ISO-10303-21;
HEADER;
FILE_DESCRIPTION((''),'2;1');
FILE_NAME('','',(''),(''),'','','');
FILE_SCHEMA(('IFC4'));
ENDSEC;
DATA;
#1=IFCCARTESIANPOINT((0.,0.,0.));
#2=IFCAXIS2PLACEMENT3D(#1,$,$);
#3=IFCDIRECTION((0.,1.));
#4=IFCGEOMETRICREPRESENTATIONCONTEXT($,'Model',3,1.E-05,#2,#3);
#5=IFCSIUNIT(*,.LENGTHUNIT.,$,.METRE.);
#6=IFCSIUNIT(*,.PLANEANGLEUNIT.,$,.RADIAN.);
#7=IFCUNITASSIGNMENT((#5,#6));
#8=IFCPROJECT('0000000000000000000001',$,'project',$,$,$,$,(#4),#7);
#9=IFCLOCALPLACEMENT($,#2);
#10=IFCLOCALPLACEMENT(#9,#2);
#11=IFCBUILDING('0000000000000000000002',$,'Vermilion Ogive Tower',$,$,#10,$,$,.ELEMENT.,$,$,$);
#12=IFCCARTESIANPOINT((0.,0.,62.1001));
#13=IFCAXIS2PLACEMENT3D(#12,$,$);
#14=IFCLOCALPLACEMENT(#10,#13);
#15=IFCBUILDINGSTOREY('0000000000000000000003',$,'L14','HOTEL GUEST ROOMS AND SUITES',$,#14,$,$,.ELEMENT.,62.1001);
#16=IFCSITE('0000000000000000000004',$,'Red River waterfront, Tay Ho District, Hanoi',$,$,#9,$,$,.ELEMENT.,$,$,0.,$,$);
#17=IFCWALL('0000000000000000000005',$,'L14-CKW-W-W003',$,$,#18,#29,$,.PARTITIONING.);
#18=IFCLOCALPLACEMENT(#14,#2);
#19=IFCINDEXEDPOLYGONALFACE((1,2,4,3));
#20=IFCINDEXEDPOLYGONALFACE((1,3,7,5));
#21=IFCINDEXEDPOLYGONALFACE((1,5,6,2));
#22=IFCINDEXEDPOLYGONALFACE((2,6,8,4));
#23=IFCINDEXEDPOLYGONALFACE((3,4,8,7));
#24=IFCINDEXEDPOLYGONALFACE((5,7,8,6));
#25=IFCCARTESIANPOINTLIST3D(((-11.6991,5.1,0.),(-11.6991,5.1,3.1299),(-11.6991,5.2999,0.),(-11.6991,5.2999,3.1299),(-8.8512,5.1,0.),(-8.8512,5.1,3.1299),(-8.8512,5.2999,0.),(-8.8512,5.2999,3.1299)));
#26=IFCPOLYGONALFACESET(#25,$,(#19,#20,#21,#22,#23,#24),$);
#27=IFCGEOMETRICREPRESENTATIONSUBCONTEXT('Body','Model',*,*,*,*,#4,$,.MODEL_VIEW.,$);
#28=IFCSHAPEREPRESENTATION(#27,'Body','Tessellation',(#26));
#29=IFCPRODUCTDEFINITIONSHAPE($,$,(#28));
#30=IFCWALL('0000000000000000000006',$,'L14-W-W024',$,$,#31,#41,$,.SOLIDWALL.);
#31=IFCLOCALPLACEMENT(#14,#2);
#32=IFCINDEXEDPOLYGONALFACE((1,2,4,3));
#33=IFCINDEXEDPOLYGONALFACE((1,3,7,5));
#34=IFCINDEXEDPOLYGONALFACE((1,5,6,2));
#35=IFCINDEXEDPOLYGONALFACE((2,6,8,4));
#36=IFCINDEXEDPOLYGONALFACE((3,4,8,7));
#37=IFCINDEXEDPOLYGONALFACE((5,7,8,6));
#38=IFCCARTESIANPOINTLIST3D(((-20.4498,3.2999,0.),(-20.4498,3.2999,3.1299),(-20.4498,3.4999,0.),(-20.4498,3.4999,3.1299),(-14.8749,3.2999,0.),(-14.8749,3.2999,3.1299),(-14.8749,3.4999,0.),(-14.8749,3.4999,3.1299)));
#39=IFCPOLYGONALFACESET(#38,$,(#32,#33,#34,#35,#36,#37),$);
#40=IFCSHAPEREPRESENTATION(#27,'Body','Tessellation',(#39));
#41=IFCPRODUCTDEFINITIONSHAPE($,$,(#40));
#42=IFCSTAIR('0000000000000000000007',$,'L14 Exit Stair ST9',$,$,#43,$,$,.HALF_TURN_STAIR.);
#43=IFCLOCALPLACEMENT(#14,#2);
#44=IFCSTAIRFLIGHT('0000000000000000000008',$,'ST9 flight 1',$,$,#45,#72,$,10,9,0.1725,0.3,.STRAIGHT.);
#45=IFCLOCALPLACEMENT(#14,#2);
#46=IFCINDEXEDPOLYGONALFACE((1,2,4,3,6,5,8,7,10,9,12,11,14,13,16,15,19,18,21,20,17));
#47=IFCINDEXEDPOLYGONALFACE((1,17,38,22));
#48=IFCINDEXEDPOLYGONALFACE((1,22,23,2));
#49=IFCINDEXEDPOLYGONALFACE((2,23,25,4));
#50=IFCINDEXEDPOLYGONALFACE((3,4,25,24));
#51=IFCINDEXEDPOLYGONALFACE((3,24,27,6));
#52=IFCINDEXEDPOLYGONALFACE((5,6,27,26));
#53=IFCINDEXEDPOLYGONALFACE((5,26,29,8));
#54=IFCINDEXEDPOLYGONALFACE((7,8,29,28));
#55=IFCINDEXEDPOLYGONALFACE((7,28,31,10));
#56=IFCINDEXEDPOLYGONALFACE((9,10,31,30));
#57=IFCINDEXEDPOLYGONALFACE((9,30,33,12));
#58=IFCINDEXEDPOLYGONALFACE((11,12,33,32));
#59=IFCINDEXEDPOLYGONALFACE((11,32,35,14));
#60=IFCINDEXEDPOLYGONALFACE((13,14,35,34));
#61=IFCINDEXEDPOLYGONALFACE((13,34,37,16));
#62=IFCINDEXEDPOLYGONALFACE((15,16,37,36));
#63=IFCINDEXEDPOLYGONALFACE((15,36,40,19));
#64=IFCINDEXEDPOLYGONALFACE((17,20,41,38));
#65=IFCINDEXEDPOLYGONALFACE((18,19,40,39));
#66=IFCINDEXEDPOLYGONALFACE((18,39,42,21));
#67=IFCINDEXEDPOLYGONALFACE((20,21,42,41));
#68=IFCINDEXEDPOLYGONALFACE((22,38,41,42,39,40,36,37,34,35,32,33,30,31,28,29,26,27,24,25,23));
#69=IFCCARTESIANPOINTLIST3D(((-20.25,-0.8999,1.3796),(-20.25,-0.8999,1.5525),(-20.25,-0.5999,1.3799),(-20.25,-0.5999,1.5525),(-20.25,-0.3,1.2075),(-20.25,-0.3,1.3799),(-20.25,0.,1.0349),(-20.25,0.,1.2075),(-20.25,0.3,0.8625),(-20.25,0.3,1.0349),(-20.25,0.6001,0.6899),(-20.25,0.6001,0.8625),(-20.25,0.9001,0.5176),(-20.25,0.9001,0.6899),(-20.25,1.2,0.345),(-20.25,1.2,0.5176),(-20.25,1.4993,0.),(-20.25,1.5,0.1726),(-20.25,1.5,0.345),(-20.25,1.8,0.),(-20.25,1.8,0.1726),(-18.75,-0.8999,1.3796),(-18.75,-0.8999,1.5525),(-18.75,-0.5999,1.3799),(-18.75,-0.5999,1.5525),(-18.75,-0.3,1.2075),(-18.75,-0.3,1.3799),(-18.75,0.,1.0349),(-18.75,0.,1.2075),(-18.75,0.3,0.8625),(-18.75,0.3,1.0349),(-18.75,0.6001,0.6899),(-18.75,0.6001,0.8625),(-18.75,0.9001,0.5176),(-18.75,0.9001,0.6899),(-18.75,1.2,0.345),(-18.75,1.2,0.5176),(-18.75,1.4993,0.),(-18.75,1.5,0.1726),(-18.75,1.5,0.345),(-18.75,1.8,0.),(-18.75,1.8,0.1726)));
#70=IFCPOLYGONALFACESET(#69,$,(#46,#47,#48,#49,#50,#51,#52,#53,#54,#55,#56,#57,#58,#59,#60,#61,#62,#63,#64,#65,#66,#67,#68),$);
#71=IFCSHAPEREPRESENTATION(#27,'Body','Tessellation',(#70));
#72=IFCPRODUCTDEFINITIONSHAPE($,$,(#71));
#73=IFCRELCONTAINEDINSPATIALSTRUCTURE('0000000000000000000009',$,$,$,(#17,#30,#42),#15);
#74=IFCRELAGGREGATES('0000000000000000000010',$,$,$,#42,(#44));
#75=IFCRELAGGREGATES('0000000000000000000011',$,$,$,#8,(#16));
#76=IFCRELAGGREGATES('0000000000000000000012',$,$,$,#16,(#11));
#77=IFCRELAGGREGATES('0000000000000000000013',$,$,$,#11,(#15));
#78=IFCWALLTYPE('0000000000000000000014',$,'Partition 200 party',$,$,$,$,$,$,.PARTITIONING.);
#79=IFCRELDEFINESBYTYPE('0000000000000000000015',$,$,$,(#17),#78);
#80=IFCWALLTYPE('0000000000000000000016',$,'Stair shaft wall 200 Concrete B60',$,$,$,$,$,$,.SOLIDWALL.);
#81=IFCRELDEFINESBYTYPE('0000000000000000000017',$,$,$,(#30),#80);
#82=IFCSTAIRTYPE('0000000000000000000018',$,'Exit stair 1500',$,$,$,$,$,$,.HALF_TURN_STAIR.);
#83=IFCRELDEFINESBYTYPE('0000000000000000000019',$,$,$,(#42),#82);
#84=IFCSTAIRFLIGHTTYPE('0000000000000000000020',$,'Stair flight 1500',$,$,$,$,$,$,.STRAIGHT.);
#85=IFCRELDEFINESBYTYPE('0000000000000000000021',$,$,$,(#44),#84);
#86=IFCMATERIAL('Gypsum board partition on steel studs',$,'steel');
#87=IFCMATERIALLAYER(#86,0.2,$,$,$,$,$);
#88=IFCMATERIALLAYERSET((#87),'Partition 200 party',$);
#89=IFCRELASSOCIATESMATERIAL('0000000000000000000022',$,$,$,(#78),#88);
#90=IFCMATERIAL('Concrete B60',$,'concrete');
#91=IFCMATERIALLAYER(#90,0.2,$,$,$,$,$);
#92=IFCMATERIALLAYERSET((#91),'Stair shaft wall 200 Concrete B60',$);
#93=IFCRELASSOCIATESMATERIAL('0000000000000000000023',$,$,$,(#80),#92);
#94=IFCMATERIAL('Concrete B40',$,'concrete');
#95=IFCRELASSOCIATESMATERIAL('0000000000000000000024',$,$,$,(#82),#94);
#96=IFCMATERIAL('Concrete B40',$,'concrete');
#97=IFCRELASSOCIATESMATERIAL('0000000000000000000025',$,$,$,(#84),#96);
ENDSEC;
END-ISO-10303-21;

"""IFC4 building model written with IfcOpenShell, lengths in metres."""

from ifc_helpers import new_model, si_unit, direction, frame, frame_2d, origin, place, context, subcontext, project, spatial, polyline, rectangle, outline, extrude, material, layer, layer_set, type_object, element, aggregate, save


model = new_model("IFC4")

# Units and contexts
model_context = context("Model", 3, precision=1e-05, world=origin(), true_north=direction((0.0, 1.0)))
body_context = subcontext(model_context, "Body", "Model", "MODEL_VIEW")
ifc_project = project(units=[si_unit("LENGTHUNIT", "METRE"), si_unit("PLANEANGLEUNIT", "RADIAN")], contexts=[model_context])

# Site, building, storey
site_placement = place(None, origin())
site = spatial("IfcSite", under=ifc_project, at=site_placement, Name="Red River waterfront, Tay Ho District, Hanoi", CompositionType="ELEMENT", RefElevation=0.0)
building_placement = place(site_placement, origin())
building = spatial("IfcBuilding", under=site, at=building_placement, Name="Vermilion Ogive Tower", CompositionType="ELEMENT")
storey_placement = place(building_placement, frame((0.0, 0.0, 62.1001)))
storey = spatial("IfcBuildingStorey", under=building, at=storey_placement, Name="L14", Description="HOTEL GUEST ROOMS AND SUITES", CompositionType="ELEMENT", Elevation=62.1001)

# Shared definitions
ifc_material_1 = material(Name="Gypsum board partition on steel studs", Category="steel")
ifc_layer_1 = layer(ifc_material_1, 0.2)
ifc_layer_set_1 = layer_set([ifc_layer_1], Name="Partition 200 party")
wall_type_1 = type_object("IfcWallType", Name="Partition 200 party", PredefinedType="PARTITIONING", material=ifc_layer_set_1)

# Walls
for number, where, z_axis, x_axis, name in (
    (1, (-11.699, 5.2, 0.0), (0.0, 0.0, 1.0), (1.0, 0.0, 0.0), "L14-CKW-W-W003"),
):
    element("IfcWall", number, at=place(storey_placement, frame(where, z_axis=z_axis, x_axis=x_axis)), inside=storey, type_object=wall_type_1, Name=name, PredefinedType="PARTITIONING", context=body_context, shape_type="SweptSolid", body=[
        extrude(rectangle(XDim=2.8479, YDim=0.2, at=frame_2d((1.4238, 0.0))), origin(), (0.0, 0.0, 1.0), 3.1299),
    ])
ifc_material_2 = material(Name="Concrete B60", Category="concrete")
ifc_layer_2 = layer(ifc_material_2, 0.2)
ifc_layer_set_2 = layer_set([ifc_layer_2], Name="Stair shaft wall 200 Concrete B60")
wall_type_2 = type_object("IfcWallType", Name="Stair shaft wall 200 Concrete B60", PredefinedType="SOLIDWALL", material=ifc_layer_set_2)
wall_1_placement = place(storey_placement, frame((-20.45, 3.3999, 0.0), z_axis=(0.0, 0.0, 1.0), x_axis=(1.0, 0.0, 0.0)))
element("IfcWall", 2, at=wall_1_placement, inside=storey, type_object=wall_type_2, Name="L14-W-W024", PredefinedType="SOLIDWALL", context=body_context, shape_type="SweptSolid", body=[
    extrude(rectangle(XDim=5.575, YDim=0.2, at=frame_2d((2.7876, 0.0))), origin(), (0.0, 0.0, 1.0), 3.1299),
])

# Stair, stair flight
ifc_material_3 = material(Name="Concrete B40", Category="concrete")
stair_type = type_object("IfcStairType", Name="Exit stair 1500", PredefinedType="HALF_TURN_STAIR", material=ifc_material_3)
stair_placement = place(storey_placement, origin())
stair = element("IfcStair", 3, at=stair_placement, inside=storey, type_object=stair_type, Name="L14 Exit Stair ST9", PredefinedType="HALF_TURN_STAIR")
ifc_material_4 = material(Name="Concrete B40", Category="concrete")
stair_flight_type = type_object("IfcStairFlightType", Name="Stair flight 1500", PredefinedType="STRAIGHT", material=ifc_material_4)
stair_flight_placement = place(storey_placement, frame((-19.5, 1.8, 0.0), z_axis=(0.0, 0.0, 1.0), x_axis=(0.0, -1.0, 0.0)))
stair_flight = element("IfcStairFlight", 4, at=stair_flight_placement, type_object=stair_flight_type, Name="ST9 flight 1", NumberOfRisers=10, NumberOfTreads=9, PredefinedType="STRAIGHT", RiserHeight=0.1725, TreadLength=0.3, context=body_context, shape_type="SweptSolid", body=[
    extrude(outline(polyline([(0.0, 0.0), (0.0, 0.1726), (0.3, 0.1726), (0.3, 0.345), (0.6001, 0.345), (0.6001, 0.5176), (0.8999, 0.5176), (0.8999, 0.6899), (1.2, 0.6899), (1.2, 0.8625), (1.5, 0.8625), (1.5, 1.0349), (1.8, 1.0349), (1.8, 1.2075), (2.1001, 1.2075), (2.1001, 1.3799), (2.3999, 1.3799), (2.3999, 1.5525), (2.7, 1.5525), (2.7, 1.7251), (2.7, 1.3796), (0.3008, 0.0), (0.0, 0.0)])), frame((0.0, 0.75, 0.0), z_axis=(0.0, -1.0, 0.0), x_axis=(1.0, 0.0, 0.0)), (0.0, 0.0, 1.0), 1.5),
])
aggregate(stair, [stair_flight])

save(model, "model.ifc")
